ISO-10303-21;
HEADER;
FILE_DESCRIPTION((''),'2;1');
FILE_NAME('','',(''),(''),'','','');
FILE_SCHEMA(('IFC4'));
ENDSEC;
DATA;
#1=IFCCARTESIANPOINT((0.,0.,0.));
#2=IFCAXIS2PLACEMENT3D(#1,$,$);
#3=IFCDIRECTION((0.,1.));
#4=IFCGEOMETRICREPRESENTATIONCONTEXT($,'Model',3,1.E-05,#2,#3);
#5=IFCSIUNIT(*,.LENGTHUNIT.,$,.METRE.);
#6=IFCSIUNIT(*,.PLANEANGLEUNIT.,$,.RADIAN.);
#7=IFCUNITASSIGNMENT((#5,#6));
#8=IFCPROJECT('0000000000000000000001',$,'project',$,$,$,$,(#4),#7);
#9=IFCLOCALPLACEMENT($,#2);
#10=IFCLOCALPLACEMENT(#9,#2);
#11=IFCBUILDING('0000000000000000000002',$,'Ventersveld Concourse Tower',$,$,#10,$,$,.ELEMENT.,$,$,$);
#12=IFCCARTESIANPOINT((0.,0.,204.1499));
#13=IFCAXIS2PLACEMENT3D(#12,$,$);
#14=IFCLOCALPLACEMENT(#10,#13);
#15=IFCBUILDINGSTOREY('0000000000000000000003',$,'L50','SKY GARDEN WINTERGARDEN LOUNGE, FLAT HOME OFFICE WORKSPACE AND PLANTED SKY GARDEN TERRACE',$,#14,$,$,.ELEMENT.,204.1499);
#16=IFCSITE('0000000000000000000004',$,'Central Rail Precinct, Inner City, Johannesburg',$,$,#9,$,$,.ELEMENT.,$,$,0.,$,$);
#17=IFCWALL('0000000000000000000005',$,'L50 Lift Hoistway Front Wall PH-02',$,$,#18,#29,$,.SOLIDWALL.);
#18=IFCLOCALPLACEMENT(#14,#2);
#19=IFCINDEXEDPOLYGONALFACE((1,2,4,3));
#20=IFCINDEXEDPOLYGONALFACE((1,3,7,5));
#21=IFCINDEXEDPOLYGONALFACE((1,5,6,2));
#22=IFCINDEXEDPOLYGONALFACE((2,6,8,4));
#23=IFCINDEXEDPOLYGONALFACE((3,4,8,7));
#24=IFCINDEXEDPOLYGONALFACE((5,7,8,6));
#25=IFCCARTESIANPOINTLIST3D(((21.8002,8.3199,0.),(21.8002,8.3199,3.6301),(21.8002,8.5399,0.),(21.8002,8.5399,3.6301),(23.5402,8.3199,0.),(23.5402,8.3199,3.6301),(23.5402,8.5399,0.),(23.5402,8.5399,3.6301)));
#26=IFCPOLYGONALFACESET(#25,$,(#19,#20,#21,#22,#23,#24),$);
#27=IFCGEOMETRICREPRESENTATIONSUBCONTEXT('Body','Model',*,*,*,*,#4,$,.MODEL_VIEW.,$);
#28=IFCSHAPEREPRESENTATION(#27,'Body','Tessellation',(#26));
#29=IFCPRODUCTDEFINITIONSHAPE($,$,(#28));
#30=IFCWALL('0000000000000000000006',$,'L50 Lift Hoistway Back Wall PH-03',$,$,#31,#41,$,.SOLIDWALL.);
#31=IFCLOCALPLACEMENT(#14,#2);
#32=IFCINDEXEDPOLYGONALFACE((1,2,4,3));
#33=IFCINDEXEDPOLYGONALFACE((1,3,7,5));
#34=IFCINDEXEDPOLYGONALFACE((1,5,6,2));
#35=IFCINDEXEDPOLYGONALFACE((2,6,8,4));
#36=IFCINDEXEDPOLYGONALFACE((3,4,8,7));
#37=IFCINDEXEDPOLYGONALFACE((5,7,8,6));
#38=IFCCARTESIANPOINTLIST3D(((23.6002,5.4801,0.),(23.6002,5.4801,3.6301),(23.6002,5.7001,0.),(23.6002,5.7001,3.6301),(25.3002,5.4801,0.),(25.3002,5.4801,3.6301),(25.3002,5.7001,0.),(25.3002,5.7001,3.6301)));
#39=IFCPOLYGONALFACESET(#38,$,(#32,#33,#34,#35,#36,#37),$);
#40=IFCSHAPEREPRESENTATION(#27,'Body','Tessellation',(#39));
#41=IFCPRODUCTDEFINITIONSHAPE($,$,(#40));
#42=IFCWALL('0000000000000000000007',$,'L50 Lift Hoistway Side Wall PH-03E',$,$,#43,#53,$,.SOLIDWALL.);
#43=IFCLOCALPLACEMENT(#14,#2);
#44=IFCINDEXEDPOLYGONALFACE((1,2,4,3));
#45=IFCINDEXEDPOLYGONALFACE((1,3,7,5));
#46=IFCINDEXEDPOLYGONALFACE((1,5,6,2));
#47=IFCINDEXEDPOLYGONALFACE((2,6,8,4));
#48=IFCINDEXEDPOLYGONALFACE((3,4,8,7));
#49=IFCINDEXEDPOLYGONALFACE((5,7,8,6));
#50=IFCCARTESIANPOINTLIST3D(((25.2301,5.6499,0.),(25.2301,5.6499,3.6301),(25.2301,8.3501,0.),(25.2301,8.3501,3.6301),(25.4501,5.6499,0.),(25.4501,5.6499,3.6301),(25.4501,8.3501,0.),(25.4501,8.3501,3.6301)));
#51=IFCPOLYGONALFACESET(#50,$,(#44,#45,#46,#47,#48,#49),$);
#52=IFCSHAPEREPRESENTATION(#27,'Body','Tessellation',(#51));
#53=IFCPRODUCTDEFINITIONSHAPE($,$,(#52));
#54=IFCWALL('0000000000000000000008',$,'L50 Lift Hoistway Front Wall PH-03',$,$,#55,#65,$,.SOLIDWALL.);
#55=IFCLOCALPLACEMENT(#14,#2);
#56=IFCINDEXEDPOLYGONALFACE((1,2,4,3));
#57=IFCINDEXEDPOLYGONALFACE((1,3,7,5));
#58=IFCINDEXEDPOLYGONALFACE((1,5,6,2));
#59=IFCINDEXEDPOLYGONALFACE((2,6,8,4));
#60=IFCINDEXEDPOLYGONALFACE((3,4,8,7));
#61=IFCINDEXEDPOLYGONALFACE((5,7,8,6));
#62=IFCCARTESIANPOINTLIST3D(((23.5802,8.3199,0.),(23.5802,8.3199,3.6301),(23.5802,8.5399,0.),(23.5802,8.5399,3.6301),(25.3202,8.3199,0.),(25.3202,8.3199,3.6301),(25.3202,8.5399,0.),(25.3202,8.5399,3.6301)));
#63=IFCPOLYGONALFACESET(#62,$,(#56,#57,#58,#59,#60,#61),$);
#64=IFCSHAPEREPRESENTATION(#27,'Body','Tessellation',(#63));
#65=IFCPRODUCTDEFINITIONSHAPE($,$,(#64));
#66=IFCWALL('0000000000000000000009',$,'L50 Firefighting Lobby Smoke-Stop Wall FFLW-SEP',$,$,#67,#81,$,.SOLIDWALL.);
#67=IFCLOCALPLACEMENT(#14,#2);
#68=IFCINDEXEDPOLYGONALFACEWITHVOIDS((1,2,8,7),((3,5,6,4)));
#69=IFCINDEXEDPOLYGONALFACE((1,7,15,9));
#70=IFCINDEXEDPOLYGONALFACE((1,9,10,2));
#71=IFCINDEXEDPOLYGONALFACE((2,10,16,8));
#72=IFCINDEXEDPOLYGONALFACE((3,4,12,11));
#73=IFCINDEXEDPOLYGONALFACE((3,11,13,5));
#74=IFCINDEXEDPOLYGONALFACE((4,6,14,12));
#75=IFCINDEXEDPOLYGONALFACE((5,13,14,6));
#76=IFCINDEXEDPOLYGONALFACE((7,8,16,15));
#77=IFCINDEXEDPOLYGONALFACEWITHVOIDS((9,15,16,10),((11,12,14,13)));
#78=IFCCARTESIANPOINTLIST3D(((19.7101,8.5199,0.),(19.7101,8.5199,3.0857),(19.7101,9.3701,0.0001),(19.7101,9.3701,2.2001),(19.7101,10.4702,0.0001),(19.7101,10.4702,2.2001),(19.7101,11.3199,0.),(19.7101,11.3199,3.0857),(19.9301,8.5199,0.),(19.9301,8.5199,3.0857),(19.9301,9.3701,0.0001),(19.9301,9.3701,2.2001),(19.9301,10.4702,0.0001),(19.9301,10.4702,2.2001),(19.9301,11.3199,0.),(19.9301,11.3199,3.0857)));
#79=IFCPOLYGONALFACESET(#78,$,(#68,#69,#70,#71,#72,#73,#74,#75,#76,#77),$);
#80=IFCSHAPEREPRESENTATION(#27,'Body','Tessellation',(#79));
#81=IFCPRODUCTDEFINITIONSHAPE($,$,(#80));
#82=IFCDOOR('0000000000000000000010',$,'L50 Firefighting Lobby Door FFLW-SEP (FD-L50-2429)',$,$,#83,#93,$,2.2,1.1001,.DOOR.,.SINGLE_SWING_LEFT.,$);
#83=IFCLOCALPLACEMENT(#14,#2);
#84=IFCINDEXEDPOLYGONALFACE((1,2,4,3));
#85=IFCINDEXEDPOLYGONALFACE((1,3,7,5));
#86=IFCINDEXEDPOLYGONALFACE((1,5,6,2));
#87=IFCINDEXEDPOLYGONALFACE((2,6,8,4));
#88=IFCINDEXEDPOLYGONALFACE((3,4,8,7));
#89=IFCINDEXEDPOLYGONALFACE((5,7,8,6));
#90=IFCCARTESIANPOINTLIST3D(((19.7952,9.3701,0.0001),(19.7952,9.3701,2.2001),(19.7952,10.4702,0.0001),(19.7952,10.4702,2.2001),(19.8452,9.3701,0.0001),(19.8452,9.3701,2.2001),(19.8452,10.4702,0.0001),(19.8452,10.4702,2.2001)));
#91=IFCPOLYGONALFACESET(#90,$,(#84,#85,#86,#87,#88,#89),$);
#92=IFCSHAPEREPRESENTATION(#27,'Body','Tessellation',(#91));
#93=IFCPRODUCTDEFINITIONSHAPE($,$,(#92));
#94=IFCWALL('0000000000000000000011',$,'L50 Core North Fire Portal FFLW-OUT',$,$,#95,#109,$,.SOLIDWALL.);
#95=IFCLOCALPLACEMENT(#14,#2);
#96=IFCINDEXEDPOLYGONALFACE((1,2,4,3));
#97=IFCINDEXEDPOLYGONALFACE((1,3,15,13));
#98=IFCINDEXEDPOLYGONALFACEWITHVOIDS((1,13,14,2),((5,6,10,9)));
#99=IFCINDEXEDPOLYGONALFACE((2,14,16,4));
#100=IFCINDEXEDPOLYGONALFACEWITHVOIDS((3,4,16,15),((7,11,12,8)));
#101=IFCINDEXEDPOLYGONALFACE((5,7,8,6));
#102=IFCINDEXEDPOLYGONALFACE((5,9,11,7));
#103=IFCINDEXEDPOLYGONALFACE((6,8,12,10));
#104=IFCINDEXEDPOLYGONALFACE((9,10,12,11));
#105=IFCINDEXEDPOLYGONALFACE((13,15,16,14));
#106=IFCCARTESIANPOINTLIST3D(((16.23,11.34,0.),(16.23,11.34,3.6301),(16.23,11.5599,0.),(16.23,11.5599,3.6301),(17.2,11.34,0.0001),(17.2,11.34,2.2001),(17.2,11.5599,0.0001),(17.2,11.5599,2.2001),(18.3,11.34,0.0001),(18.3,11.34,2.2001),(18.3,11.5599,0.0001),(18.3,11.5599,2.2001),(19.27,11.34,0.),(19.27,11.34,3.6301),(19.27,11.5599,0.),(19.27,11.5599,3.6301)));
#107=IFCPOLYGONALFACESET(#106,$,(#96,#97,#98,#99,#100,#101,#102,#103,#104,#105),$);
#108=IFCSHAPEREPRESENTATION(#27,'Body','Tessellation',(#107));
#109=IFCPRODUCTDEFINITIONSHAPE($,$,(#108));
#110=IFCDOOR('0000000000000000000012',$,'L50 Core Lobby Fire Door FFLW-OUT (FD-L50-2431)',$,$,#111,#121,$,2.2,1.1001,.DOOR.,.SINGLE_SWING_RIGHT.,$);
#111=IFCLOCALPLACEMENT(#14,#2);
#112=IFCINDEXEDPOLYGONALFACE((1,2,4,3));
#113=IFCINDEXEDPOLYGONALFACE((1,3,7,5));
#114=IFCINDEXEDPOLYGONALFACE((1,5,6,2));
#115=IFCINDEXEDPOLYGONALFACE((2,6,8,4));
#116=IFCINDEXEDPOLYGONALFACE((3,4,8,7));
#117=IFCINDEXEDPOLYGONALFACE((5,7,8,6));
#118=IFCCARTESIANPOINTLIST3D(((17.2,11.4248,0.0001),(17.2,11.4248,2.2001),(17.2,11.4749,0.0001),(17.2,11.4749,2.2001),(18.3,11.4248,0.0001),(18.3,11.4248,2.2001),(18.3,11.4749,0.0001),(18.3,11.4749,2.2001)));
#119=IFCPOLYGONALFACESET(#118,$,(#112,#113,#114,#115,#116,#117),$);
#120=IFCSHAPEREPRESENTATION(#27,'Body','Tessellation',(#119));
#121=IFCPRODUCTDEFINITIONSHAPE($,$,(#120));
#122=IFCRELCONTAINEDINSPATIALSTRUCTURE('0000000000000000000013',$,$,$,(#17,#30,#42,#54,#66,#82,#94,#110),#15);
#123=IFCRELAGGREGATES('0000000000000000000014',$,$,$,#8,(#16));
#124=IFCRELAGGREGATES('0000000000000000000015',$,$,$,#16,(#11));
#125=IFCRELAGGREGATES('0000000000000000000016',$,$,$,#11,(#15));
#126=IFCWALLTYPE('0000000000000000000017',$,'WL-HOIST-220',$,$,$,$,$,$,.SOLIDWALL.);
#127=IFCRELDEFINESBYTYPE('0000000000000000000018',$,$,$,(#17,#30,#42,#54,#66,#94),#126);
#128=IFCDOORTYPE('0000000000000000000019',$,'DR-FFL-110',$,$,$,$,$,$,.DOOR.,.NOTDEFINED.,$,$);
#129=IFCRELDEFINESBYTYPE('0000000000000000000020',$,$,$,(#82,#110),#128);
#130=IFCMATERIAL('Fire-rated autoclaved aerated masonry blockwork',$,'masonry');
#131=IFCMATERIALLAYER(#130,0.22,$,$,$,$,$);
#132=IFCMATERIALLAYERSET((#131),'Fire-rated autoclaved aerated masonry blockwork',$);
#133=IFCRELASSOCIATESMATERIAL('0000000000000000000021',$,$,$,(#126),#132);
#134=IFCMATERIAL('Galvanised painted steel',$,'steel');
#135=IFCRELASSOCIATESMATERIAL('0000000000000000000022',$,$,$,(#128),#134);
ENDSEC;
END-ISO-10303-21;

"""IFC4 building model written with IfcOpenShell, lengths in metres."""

from ifc_helpers import new_model, si_unit, direction, frame, frame_2d, origin, place, context, subcontext, project, spatial, rectangle, extrude, material, layer, layer_set, type_object, element, fill, save


model = new_model("IFC4")

# Units and contexts
model_context = context("Model", 3, precision=1e-05, world=origin(), true_north=direction((0.0, 1.0)))
body_context = subcontext(model_context, "Body", "Model", "MODEL_VIEW")
ifc_project = project(units=[si_unit("LENGTHUNIT", "METRE"), si_unit("PLANEANGLEUNIT", "RADIAN")], contexts=[model_context])

# Site, building, storey
site_placement = place(None, origin())
site = spatial("IfcSite", under=ifc_project, at=site_placement, Name="Central Rail Precinct, Inner City, Johannesburg", CompositionType="ELEMENT", RefElevation=0.0)
building_placement = place(site_placement, origin())
building = spatial("IfcBuilding", under=site, at=building_placement, Name="Ventersveld Concourse Tower", CompositionType="ELEMENT")
storey_placement = place(building_placement, frame((0.0, 0.0, 204.1499)))
storey = spatial("IfcBuildingStorey", under=building, at=storey_placement, Name="L50", Description="SKY GARDEN WINTERGARDEN LOUNGE, FLAT HOME OFFICE WORKSPACE AND PLANTED SKY GARDEN TERRACE", CompositionType="ELEMENT", Elevation=204.1499)

# Shared definitions
ifc_material_1 = material(Name="Fire-rated autoclaved aerated masonry blockwork", Category="masonry")
ifc_layer_1 = layer(ifc_material_1, 0.22)
ifc_layer_set_1 = layer_set([ifc_layer_1], Name="Fire-rated autoclaved aerated masonry blockwork")
wall_type_1 = type_object("IfcWallType", Name="WL-HOIST-220", PredefinedType="SOLIDWALL", material=ifc_layer_set_1)

# Walls
wall_1_placement = place(storey_placement, frame((21.8, 8.4299, 0.0), z_axis=(0.0, 0.0, 1.0), x_axis=(1.0, 0.0, 0.0)))
element("IfcWall", 1, at=wall_1_placement, inside=storey, type_object=wall_type_1, Name="L50 Lift Hoistway Front Wall PH-02", PredefinedType="SOLIDWALL", context=body_context, shape_type="SweptSolid", body=[
    extrude(rectangle(XDim=1.74, YDim=0.22, at=frame_2d((0.8701, 0.0))), origin(), (0.0, 0.0, 1.0), 3.6301),
])
wall_2_placement = place(storey_placement, frame((23.6001, 5.5901, 0.0), z_axis=(0.0, 0.0, 1.0), x_axis=(1.0, 0.0, 0.0)))
element("IfcWall", 2, at=wall_2_placement, inside=storey, type_object=wall_type_1, Name="L50 Lift Hoistway Back Wall PH-03", PredefinedType="SOLIDWALL", context=body_context, shape_type="SweptSolid", body=[
    extrude(rectangle(XDim=1.7, YDim=0.22, at=frame_2d((0.8501, 0.0))), origin(), (0.0, 0.0, 1.0), 3.6301),
])
wall_3_placement = place(storey_placement, frame((25.3401, 5.6499, 0.0), z_axis=(0.0, 0.0, 1.0), x_axis=(0.0, 1.0, 0.0)))
element("IfcWall", 3, at=wall_3_placement, inside=storey, type_object=wall_type_1, Name="L50 Lift Hoistway Side Wall PH-03E", PredefinedType="SOLIDWALL", context=body_context, shape_type="SweptSolid", body=[
    extrude(rectangle(XDim=2.7002, YDim=0.22, at=frame_2d((1.3501, 0.0))), origin(), (0.0, 0.0, 1.0), 3.6301),
])
wall_4_placement = place(storey_placement, frame((23.5801, 8.4299, 0.0), z_axis=(0.0, 0.0, 1.0), x_axis=(1.0, 0.0, 0.0)))
element("IfcWall", 4, at=wall_4_placement, inside=storey, type_object=wall_type_1, Name="L50 Lift Hoistway Front Wall PH-03", PredefinedType="SOLIDWALL", context=body_context, shape_type="SweptSolid", body=[
    extrude(rectangle(XDim=1.74, YDim=0.22, at=frame_2d((0.8701, 0.0))), origin(), (0.0, 0.0, 1.0), 3.6301),
])

# Walls, openings, doors
wall_5_placement = place(storey_placement, frame((19.8201, 8.52, 0.0), z_axis=(0.0, 0.0, 1.0), x_axis=(0.0, 1.0, 0.0)))
wall_5 = element("IfcWall", 5, at=wall_5_placement, inside=storey, type_object=wall_type_1, Name="L50 Firefighting Lobby Smoke-Stop Wall FFLW-SEP", PredefinedType="SOLIDWALL", context=body_context, shape_type="SweptSolid", body=[
    extrude(rectangle(XDim=2.8, YDim=0.22, at=frame_2d((1.3999, 0.0))), origin(), (0.0, 0.0, 1.0), 3.0857),
])
opening_1_placement = place(wall_5_placement, frame((0.8501, 0.0, 0.0)))
opening_1 = element("IfcOpeningElement", 6, at=opening_1_placement, cuts=wall_5, PredefinedType="OPENING", context=body_context, shape_type="SweptSolid", body=[
    extrude(rectangle(XDim=1.1001, YDim=2.2, at=frame_2d((0.55, 1.1001))), frame((0.0, 0.1201, 0.0), z_axis=(0.0, -1.0, 0.0), x_axis=(1.0, 0.0, 0.0)), (0.0, 0.0, 1.0), 0.24),
])
ifc_material_2 = material(Name="Galvanised painted steel", Category="steel")
door_type_1 = type_object("IfcDoorType", Name="DR-FFL-110", OperationType="NOTDEFINED", PredefinedType="DOOR", material=ifc_material_2)
door_1_placement = place(opening_1_placement, origin())
door_1 = element("IfcDoor", 7, at=door_1_placement, inside=storey, type_object=door_type_1, Name="L50 Firefighting Lobby Door FFLW-SEP (FD-L50-2429)", OperationType="SINGLE_SWING_LEFT", OverallHeight=2.2, OverallWidth=1.1001, PredefinedType="DOOR", context=body_context, shape_type="SweptSolid", body=[
    extrude(rectangle(XDim=1.1001, YDim=2.2, at=frame_2d((0.55, 1.1001))), frame((0.0, 0.0249, 0.0), z_axis=(0.0, -1.0, 0.0), x_axis=(1.0, 0.0, 0.0)), (0.0, 0.0, 1.0), 0.05),
])
fill(opening_1, door_1)
wall_6_placement = place(storey_placement, frame((16.23, 11.45, 0.0), z_axis=(0.0, 0.0, 1.0), x_axis=(1.0, 0.0, 0.0)))
wall_6 = element("IfcWall", 8, at=wall_6_placement, inside=storey, type_object=wall_type_1, Name="L50 Core North Fire Portal FFLW-OUT", PredefinedType="SOLIDWALL", context=body_context, shape_type="SweptSolid", body=[
    extrude(rectangle(XDim=3.04, YDim=0.22, at=frame_2d((1.52, 0.0))), origin(), (0.0, 0.0, 1.0), 3.6301),
])
opening_2_placement = place(wall_6_placement, frame((0.97, 0.0, 0.0)))
opening_2 = element("IfcOpeningElement", 9, at=opening_2_placement, cuts=wall_6, PredefinedType="OPENING", context=body_context, shape_type="SweptSolid", body=[
    extrude(rectangle(XDim=1.1001, YDim=2.2, at=frame_2d((0.55, 1.1001))), frame((0.0, 0.1201, 0.0), z_axis=(0.0, -1.0, 0.0), x_axis=(1.0, 0.0, 0.0)), (0.0, 0.0, 1.0), 0.24),
])
door_2_placement = place(opening_2_placement, origin())
door_2 = element("IfcDoor", 10, at=door_2_placement, inside=storey, type_object=door_type_1, Name="L50 Core Lobby Fire Door FFLW-OUT (FD-L50-2431)", OperationType="SINGLE_SWING_RIGHT", OverallHeight=2.2, OverallWidth=1.1001, PredefinedType="DOOR", context=body_context, shape_type="SweptSolid", body=[
    extrude(rectangle(XDim=1.1001, YDim=2.2, at=frame_2d((0.55, 1.1001))), frame((0.0, 0.0249, 0.0), z_axis=(0.0, -1.0, 0.0), x_axis=(1.0, 0.0, 0.0)), (0.0, 0.0, 1.0), 0.05),
])
fill(opening_2, door_2)

save(model, "model.ifc")
